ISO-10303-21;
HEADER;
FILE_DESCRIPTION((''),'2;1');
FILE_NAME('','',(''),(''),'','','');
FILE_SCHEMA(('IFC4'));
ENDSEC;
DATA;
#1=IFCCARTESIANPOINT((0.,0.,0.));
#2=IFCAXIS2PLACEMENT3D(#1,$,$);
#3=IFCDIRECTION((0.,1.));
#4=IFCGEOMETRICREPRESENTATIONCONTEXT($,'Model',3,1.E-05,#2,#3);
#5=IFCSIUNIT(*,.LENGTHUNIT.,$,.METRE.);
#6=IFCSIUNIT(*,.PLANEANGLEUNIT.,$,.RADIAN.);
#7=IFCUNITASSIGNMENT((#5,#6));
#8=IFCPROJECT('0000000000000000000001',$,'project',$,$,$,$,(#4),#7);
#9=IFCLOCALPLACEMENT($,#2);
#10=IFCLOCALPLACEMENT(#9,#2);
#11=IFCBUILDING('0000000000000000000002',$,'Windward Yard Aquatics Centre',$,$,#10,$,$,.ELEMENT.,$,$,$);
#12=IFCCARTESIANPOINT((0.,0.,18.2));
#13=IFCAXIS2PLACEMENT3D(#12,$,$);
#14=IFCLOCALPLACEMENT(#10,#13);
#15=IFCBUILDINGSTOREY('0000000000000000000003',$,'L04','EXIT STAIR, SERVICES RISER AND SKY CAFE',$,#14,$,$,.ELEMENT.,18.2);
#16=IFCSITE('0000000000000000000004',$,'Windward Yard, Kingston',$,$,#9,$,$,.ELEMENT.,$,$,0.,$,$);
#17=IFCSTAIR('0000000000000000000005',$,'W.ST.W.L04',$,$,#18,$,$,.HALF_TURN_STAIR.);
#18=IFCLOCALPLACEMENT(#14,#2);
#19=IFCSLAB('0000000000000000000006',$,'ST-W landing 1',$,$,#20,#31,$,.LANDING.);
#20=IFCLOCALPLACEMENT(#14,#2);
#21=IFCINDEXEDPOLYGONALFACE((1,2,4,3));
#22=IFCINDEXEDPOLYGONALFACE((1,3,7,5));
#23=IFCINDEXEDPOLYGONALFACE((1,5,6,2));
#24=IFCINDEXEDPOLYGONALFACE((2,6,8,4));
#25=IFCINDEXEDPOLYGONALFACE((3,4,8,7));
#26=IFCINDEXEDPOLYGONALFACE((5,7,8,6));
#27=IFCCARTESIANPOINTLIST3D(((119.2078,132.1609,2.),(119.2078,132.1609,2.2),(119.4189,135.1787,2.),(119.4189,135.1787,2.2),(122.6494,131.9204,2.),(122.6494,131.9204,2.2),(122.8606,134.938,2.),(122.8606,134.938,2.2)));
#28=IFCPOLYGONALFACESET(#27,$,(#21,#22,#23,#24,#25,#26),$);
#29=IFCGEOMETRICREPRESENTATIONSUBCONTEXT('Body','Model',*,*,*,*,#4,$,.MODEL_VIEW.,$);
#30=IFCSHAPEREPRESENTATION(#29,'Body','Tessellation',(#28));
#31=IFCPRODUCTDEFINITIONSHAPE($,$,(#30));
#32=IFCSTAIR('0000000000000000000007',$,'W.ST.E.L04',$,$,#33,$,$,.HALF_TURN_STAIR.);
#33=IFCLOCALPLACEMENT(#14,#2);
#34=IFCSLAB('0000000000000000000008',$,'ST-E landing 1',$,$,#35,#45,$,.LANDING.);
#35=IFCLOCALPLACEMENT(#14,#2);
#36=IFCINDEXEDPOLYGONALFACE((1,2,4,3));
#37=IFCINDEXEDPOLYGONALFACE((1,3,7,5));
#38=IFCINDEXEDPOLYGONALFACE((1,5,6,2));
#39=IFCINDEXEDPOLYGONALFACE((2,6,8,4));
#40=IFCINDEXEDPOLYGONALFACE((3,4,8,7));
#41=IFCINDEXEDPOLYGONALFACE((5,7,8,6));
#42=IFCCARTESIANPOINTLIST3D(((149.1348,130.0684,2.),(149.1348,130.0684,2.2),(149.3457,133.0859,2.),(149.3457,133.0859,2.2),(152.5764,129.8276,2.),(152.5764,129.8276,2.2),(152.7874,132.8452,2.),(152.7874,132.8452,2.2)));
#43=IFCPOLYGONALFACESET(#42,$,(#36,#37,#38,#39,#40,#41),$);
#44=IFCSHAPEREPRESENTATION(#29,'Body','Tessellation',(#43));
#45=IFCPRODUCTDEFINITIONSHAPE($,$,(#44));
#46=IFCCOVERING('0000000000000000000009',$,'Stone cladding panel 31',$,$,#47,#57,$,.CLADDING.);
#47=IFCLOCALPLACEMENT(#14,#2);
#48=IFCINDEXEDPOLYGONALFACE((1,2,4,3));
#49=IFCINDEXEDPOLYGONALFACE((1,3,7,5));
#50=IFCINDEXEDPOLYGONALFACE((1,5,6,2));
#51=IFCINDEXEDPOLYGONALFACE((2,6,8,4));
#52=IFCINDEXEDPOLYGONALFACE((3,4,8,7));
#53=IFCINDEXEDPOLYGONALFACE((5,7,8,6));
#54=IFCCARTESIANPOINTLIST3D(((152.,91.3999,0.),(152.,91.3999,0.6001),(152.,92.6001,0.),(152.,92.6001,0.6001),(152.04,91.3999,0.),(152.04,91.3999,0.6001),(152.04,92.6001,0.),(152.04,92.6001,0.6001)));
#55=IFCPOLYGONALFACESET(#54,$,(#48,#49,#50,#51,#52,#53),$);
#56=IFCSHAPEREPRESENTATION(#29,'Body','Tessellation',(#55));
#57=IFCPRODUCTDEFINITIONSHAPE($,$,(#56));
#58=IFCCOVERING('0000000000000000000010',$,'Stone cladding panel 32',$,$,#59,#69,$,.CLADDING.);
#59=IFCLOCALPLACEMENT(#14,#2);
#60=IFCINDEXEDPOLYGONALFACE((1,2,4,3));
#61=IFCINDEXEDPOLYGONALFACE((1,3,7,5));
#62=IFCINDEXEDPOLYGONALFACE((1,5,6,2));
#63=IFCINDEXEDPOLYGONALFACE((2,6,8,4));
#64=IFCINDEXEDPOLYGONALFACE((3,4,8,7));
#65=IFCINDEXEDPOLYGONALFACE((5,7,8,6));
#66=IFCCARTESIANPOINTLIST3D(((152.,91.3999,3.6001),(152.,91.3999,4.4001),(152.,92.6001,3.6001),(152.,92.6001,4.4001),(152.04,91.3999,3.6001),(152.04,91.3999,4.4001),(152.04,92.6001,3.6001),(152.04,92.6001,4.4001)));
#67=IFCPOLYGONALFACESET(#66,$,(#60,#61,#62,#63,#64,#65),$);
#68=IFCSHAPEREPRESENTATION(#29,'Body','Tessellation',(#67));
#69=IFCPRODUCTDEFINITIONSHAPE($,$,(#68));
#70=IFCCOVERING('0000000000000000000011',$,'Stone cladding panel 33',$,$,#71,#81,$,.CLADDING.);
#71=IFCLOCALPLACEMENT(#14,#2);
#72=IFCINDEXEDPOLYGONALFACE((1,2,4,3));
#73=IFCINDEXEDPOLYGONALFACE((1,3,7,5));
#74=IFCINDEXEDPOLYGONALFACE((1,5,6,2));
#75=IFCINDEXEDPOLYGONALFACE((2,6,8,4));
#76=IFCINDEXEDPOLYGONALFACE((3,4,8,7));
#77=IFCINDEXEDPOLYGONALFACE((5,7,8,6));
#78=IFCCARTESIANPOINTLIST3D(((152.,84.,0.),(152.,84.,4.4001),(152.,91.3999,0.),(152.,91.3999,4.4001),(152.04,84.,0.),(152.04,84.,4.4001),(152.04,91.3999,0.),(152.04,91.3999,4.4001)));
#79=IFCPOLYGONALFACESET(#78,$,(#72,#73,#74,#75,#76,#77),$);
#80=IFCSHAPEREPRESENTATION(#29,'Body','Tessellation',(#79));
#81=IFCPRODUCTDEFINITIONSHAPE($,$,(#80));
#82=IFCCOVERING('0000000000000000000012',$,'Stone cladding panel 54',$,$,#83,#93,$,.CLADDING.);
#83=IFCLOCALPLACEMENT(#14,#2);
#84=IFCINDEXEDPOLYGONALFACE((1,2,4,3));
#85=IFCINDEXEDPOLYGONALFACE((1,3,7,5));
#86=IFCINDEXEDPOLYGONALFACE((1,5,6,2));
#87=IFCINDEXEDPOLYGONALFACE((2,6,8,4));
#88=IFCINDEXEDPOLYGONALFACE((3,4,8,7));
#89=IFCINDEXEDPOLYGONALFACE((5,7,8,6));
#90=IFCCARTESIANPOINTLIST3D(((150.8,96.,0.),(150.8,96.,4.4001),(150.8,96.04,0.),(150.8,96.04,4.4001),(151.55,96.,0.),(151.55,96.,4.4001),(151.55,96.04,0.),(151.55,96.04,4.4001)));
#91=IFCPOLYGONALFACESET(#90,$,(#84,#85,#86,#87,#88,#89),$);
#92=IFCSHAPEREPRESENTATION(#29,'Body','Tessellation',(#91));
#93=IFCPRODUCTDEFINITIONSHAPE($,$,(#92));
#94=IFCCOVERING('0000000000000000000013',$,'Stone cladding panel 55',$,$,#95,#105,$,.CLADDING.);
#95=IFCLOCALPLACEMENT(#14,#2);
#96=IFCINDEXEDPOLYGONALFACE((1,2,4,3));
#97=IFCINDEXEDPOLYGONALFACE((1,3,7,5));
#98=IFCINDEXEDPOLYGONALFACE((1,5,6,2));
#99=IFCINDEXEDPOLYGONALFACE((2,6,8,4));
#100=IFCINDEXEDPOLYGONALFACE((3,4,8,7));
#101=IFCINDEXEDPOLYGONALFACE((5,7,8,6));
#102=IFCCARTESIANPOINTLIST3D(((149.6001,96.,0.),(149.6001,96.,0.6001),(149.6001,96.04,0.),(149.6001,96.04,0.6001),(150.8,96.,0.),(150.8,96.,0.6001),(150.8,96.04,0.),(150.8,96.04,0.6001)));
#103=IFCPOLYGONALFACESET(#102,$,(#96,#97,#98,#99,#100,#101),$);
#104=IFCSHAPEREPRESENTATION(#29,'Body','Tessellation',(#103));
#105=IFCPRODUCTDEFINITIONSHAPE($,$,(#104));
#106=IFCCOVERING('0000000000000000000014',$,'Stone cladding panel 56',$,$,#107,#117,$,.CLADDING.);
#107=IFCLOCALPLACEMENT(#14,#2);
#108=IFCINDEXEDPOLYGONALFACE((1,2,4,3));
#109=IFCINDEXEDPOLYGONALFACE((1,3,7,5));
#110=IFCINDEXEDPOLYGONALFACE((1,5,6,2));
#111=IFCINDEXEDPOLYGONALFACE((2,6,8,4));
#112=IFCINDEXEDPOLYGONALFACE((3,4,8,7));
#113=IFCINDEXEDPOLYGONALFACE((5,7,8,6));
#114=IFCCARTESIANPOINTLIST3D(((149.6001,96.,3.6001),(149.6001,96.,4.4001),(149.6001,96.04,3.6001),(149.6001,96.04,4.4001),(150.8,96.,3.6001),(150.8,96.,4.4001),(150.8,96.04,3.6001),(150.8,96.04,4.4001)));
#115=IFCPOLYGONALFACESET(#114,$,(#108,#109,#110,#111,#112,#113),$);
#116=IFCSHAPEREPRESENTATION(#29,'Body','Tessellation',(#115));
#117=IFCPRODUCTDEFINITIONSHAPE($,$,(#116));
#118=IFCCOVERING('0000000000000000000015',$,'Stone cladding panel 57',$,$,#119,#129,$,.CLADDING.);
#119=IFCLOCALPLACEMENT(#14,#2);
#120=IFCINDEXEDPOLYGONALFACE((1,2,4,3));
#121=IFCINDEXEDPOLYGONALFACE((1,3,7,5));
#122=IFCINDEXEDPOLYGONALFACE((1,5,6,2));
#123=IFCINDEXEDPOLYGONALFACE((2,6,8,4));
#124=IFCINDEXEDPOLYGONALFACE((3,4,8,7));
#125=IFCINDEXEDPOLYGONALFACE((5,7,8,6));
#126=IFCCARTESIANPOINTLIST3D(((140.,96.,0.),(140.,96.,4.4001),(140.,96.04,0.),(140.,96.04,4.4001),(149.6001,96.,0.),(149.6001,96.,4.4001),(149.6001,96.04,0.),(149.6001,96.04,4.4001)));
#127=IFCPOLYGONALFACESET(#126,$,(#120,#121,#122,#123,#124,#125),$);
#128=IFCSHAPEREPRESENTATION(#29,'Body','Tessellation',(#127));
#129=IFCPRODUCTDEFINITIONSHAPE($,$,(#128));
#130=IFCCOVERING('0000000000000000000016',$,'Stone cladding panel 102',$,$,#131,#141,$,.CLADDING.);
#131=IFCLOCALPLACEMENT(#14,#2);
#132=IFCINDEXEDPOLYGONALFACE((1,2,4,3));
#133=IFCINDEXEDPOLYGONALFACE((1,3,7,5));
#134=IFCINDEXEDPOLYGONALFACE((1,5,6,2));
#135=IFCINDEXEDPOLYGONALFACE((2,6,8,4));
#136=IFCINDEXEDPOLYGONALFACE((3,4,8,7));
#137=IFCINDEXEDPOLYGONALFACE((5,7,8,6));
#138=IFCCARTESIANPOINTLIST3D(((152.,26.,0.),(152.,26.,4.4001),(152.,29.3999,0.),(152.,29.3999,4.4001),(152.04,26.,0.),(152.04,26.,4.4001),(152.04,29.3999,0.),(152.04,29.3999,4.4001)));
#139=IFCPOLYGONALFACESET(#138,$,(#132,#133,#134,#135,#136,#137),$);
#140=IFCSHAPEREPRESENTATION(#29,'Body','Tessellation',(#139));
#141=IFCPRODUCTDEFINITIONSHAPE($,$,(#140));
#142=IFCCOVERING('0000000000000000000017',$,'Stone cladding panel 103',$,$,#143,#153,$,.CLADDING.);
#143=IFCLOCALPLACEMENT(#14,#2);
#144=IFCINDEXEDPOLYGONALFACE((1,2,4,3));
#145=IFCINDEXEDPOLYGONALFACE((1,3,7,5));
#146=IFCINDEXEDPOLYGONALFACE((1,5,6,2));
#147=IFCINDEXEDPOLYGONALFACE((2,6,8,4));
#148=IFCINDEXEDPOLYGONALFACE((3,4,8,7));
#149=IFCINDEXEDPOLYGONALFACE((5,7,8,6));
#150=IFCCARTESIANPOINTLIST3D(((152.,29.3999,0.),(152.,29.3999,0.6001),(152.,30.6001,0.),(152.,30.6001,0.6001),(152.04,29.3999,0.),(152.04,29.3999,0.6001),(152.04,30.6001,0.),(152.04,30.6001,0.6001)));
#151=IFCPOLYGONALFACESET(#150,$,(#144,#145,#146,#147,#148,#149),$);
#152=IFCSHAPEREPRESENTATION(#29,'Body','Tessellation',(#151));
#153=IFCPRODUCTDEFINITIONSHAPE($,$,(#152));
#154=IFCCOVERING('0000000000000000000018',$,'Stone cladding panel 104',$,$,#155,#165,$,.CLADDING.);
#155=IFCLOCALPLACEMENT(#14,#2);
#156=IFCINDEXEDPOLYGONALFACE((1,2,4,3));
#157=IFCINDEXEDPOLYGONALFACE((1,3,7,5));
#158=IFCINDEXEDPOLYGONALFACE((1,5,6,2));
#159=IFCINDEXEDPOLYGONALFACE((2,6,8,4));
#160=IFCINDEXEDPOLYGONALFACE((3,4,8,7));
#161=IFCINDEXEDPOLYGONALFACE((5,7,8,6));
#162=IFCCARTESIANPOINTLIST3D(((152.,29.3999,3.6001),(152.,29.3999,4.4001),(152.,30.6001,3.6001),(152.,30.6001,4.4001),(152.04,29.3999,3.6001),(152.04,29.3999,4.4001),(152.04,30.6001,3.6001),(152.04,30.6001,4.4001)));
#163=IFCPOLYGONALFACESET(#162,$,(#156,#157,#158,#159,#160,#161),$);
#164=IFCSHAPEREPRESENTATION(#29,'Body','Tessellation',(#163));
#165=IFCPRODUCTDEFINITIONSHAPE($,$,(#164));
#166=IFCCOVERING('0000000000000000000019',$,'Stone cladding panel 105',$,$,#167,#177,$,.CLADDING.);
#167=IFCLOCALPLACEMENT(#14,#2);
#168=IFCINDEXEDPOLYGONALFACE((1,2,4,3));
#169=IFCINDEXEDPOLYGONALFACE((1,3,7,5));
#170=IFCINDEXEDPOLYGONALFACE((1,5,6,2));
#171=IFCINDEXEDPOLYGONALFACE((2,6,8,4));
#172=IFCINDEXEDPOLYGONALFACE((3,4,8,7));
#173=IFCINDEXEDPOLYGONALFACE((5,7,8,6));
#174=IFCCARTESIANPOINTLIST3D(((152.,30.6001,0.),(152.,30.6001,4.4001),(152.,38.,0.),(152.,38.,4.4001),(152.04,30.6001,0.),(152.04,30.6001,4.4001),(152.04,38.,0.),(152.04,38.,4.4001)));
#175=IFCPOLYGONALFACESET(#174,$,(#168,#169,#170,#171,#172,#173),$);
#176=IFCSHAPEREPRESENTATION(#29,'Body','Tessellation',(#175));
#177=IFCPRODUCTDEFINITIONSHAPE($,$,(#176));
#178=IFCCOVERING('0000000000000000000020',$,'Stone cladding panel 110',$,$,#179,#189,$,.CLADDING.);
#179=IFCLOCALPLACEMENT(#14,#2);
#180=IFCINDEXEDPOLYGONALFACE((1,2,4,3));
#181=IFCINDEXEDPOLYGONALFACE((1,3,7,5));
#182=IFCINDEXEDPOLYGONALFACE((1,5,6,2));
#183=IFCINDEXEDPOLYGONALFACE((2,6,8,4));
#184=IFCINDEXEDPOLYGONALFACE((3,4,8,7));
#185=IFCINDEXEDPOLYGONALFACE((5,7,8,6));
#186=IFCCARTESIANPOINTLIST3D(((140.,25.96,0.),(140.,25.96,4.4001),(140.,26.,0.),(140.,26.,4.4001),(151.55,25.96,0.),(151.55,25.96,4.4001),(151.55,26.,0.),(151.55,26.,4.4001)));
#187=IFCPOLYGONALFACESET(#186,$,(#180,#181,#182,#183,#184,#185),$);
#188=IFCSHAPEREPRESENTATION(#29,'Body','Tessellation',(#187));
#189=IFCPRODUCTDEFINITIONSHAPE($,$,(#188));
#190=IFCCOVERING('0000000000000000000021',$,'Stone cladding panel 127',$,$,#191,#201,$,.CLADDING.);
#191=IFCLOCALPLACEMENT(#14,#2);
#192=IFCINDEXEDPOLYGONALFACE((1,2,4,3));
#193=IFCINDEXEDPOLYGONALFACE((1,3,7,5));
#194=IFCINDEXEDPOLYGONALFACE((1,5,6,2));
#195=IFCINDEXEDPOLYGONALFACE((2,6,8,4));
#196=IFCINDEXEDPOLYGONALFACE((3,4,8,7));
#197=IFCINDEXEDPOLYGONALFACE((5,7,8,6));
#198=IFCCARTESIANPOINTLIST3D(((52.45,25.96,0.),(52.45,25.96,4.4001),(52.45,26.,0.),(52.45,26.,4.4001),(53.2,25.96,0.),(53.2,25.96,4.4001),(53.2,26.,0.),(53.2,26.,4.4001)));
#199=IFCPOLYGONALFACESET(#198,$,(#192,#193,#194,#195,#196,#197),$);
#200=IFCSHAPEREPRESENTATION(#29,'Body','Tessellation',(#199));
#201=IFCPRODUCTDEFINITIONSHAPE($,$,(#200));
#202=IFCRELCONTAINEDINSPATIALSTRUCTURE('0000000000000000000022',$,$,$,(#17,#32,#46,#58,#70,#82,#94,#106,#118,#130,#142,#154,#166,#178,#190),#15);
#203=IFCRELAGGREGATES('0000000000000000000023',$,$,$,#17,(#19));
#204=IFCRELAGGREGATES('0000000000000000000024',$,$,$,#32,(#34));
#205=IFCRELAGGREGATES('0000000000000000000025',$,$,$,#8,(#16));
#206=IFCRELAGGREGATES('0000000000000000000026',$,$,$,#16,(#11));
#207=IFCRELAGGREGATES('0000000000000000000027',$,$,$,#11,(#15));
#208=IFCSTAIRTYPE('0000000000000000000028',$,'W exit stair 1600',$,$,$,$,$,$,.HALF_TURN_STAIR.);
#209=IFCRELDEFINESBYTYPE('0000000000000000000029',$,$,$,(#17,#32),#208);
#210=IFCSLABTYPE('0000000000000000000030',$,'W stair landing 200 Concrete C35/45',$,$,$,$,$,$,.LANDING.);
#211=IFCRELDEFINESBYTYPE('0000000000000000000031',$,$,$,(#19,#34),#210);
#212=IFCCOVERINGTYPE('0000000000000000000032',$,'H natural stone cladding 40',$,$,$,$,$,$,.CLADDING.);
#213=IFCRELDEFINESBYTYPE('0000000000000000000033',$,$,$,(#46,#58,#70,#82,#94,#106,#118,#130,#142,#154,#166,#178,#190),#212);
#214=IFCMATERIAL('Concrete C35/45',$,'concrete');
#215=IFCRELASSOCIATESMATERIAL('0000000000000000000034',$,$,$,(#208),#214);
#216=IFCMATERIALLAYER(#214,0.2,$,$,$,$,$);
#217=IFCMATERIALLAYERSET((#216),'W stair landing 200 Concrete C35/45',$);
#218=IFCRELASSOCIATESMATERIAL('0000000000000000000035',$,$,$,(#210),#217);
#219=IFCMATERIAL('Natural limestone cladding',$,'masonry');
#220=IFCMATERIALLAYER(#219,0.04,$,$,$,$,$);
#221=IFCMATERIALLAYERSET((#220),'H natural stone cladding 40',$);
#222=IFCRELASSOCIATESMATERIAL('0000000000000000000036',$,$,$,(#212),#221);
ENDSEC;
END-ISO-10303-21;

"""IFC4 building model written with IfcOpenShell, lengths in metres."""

from ifc_helpers import new_model, si_unit, direction, frame, origin, place, context, subcontext, project, spatial, polyline, outline, extrude, material, layer, layer_set, type_object, element, aggregate, save


model = new_model("IFC4")

# Units and contexts
model_context = context("Model", 3, precision=1e-05, world=origin(), true_north=direction((0.0, 1.0)))
body_context = subcontext(model_context, "Body", "Model", "MODEL_VIEW")
ifc_project = project(units=[si_unit("LENGTHUNIT", "METRE"), si_unit("PLANEANGLEUNIT", "RADIAN")], contexts=[model_context])

# Site, building, storey
site_placement = place(None, origin())
site = spatial("IfcSite", under=ifc_project, at=site_placement, Name="Windward Yard, Kingston", CompositionType="ELEMENT", RefElevation=0.0)
building_placement = place(site_placement, origin())
building = spatial("IfcBuilding", under=site, at=building_placement, Name="Windward Yard Aquatics Centre", CompositionType="ELEMENT")
storey_placement = place(building_placement, frame((0.0, 0.0, 18.2)))
storey = spatial("IfcBuildingStorey", under=building, at=storey_placement, Name="L04", Description="EXIT STAIR, SERVICES RISER AND SKY CAFE", CompositionType="ELEMENT", Elevation=18.2)

# Stairs, slabs
ifc_material_1 = material(Name="Concrete C35/45", Category="concrete")
stair_type = type_object("IfcStairType", Name="W exit stair 1600", PredefinedType="HALF_TURN_STAIR", material=ifc_material_1)
stair_1_placement = place(storey_placement, origin())
stair_1 = element("IfcStair", 1, at=stair_1_placement, inside=storey, type_object=stair_type, Name="W.ST.W.L04", PredefinedType="HALF_TURN_STAIR")
ifc_layer_1 = layer(ifc_material_1, 0.2)
ifc_layer_set_1 = layer_set([ifc_layer_1], Name="W stair landing 200 Concrete C35/45")
slab_type = type_object("IfcSlabType", Name="W stair landing 200 Concrete C35/45", PredefinedType="LANDING", material=ifc_layer_set_1)
slab_1_placement = place(storey_placement, frame((0.0, 0.0, 2.0)))
slab_1 = element("IfcSlab", 2, at=slab_1_placement, type_object=slab_type, Name="ST-W landing 1", PredefinedType="LANDING", context=body_context, shape_type="SweptSolid", body=[
    extrude(outline(polyline([(119.2078, 132.1609), (122.6494, 131.9204), (122.8606, 134.938), (119.4189, 135.1787), (119.2078, 132.1609)])), origin(), (0.0, 0.0, 1.0), 0.2),
])
aggregate(stair_1, [slab_1])
stair_2_placement = place(storey_placement, origin())
stair_2 = element("IfcStair", 3, at=stair_2_placement, inside=storey, type_object=stair_type, Name="W.ST.E.L04", PredefinedType="HALF_TURN_STAIR")
slab_2_placement = place(storey_placement, frame((0.0, 0.0, 2.0)))
slab_2 = element("IfcSlab", 4, at=slab_2_placement, type_object=slab_type, Name="ST-E landing 1", PredefinedType="LANDING", context=body_context, shape_type="SweptSolid", body=[
    extrude(outline(polyline([(149.1348, 130.0684), (152.5764, 129.8276), (152.7874, 132.8452), (149.3457, 133.0859), (149.1348, 130.0684)])), origin(), (0.0, 0.0, 1.0), 0.2),
])
aggregate(stair_2, [slab_2])

# Coverings
ifc_material_2 = material(Name="Natural limestone cladding", Category="masonry")
ifc_layer_2 = layer(ifc_material_2, 0.04)
ifc_layer_set_2 = layer_set([ifc_layer_2], Name="H natural stone cladding 40")
covering_type_1 = type_object("IfcCoveringType", Name="H natural stone cladding 40", PredefinedType="CLADDING", material=ifc_layer_set_2)
covering_1_placement = place(storey_placement, origin())
element("IfcCovering", 5, at=covering_1_placement, inside=storey, type_object=covering_type_1, Name="Stone cladding panel 31", PredefinedType="CLADDING", context=body_context, shape_type="SweptSolid", body=[
    extrude(outline(polyline([(152.0, 91.3999), (152.04, 91.3999), (152.04, 92.6001), (152.0, 92.6001), (152.0, 91.3999)])), origin(), (0.0, 0.0, 1.0), 0.6001),
])
covering_2_placement = place(storey_placement, frame((0.0, 0.0, 3.6001)))
element("IfcCovering", 6, at=covering_2_placement, inside=storey, type_object=covering_type_1, Name="Stone cladding panel 32", PredefinedType="CLADDING", context=body_context, shape_type="SweptSolid", body=[
    extrude(outline(polyline([(152.0, 91.3999), (152.04, 91.3999), (152.04, 92.6001), (152.0, 92.6001), (152.0, 91.3999)])), origin(), (0.0, 0.0, 1.0), 0.8),
])
covering_3_placement = place(storey_placement, origin())
element("IfcCovering", 7, at=covering_3_placement, inside=storey, type_object=covering_type_1, Name="Stone cladding panel 33", PredefinedType="CLADDING", context=body_context, shape_type="SweptSolid", body=[
    extrude(outline(polyline([(152.0, 84.0), (152.04, 84.0), (152.04, 91.3999), (152.0, 91.3999), (152.0, 84.0)])), origin(), (0.0, 0.0, 1.0), 4.4001),
])
covering_4_placement = place(storey_placement, origin())
element("IfcCovering", 8, at=covering_4_placement, inside=storey, type_object=covering_type_1, Name="Stone cladding panel 54", PredefinedType="CLADDING", context=body_context, shape_type="SweptSolid", body=[
    extrude(outline(polyline([(150.8, 96.0), (150.8, 96.04), (151.55, 96.04), (151.55, 96.0), (150.8, 96.0)])), origin(), (0.0, 0.0, 1.0), 4.4001),
])
covering_5_placement = place(storey_placement, origin())
element("IfcCovering", 9, at=covering_5_placement, inside=storey, type_object=covering_type_1, Name="Stone cladding panel 55", PredefinedType="CLADDING", context=body_context, shape_type="SweptSolid", body=[
    extrude(outline(polyline([(149.6001, 96.0), (149.6001, 96.04), (150.8, 96.04), (150.8, 96.0), (149.6001, 96.0)])), origin(), (0.0, 0.0, 1.0), 0.6001),
])
covering_6_placement = place(storey_placement, frame((0.0, 0.0, 3.6001)))
element("IfcCovering", 10, at=covering_6_placement, inside=storey, type_object=covering_type_1, Name="Stone cladding panel 56", PredefinedType="CLADDING", context=body_context, shape_type="SweptSolid", body=[
    extrude(outline(polyline([(149.6001, 96.0), (149.6001, 96.04), (150.8, 96.04), (150.8, 96.0), (149.6001, 96.0)])), origin(), (0.0, 0.0, 1.0), 0.8),
])
covering_7_placement = place(storey_placement, origin())
element("IfcCovering", 11, at=covering_7_placement, inside=storey, type_object=covering_type_1, Name="Stone cladding panel 57", PredefinedType="CLADDING", context=body_context, shape_type="SweptSolid", body=[
    extrude(outline(polyline([(140.0, 96.0), (140.0, 96.04), (149.6001, 96.04), (149.6001, 96.0), (140.0, 96.0)])), origin(), (0.0, 0.0, 1.0), 4.4001),
])
covering_8_placement = place(storey_placement, origin())
element("IfcCovering", 12, at=covering_8_placement, inside=storey, type_object=covering_type_1, Name="Stone cladding panel 102", PredefinedType="CLADDING", context=body_context, shape_type="SweptSolid", body=[
    extrude(outline(polyline([(152.0, 26.0), (152.0, 29.3999), (152.04, 29.3999), (152.04, 26.0), (152.0, 26.0)])), origin(), (0.0, 0.0, 1.0), 4.4001),
])
covering_9_placement = place(storey_placement, origin())
element("IfcCovering", 13, at=covering_9_placement, inside=storey, type_object=covering_type_1, Name="Stone cladding panel 103", PredefinedType="CLADDING", context=body_context, shape_type="SweptSolid", body=[
    extrude(outline(polyline([(152.0, 29.3999), (152.0, 30.6001), (152.04, 30.6001), (152.04, 29.3999), (152.0, 29.3999)])), origin(), (0.0, 0.0, 1.0), 0.6001),
])
covering_10_placement = place(storey_placement, frame((0.0, 0.0, 3.6001)))
element("IfcCovering", 14, at=covering_10_placement, inside=storey, type_object=covering_type_1, Name="Stone cladding panel 104", PredefinedType="CLADDING", context=body_context, shape_type="SweptSolid", body=[
    extrude(outline(polyline([(152.0, 29.3999), (152.0, 30.6001), (152.04, 30.6001), (152.04, 29.3999), (152.0, 29.3999)])), origin(), (0.0, 0.0, 1.0), 0.8),
])
covering_11_placement = place(storey_placement, origin())
element("IfcCovering", 15, at=covering_11_placement, inside=storey, type_object=covering_type_1, Name="Stone cladding panel 105", PredefinedType="CLADDING", context=body_context, shape_type="SweptSolid", body=[
    extrude(outline(polyline([(152.0, 30.6001), (152.0, 38.0), (152.04, 38.0), (152.04, 30.6001), (152.0, 30.6001)])), origin(), (0.0, 0.0, 1.0), 4.4001),
])
covering_12_placement = place(storey_placement, origin())
element("IfcCovering", 16, at=covering_12_placement, inside=storey, type_object=covering_type_1, Name="Stone cladding panel 110", PredefinedType="CLADDING", context=body_context, shape_type="SweptSolid", body=[
    extrude(outline(polyline([(140.0, 25.96), (151.55, 25.96), (151.55, 26.0), (140.0, 26.0), (140.0, 25.96)])), origin(), (0.0, 0.0, 1.0), 4.4001),
])
covering_13_placement = place(storey_placement, origin())
element("IfcCovering", 17, at=covering_13_placement, inside=storey, type_object=covering_type_1, Name="Stone cladding panel 127", PredefinedType="CLADDING", context=body_context, shape_type="SweptSolid", body=[
    extrude(outline(polyline([(52.45, 25.96), (52.45, 26.0), (53.2, 26.0), (53.2, 25.96), (52.45, 25.96)])), origin(), (0.0, 0.0, 1.0), 4.4001),
])

save(model, "model.ifc")
